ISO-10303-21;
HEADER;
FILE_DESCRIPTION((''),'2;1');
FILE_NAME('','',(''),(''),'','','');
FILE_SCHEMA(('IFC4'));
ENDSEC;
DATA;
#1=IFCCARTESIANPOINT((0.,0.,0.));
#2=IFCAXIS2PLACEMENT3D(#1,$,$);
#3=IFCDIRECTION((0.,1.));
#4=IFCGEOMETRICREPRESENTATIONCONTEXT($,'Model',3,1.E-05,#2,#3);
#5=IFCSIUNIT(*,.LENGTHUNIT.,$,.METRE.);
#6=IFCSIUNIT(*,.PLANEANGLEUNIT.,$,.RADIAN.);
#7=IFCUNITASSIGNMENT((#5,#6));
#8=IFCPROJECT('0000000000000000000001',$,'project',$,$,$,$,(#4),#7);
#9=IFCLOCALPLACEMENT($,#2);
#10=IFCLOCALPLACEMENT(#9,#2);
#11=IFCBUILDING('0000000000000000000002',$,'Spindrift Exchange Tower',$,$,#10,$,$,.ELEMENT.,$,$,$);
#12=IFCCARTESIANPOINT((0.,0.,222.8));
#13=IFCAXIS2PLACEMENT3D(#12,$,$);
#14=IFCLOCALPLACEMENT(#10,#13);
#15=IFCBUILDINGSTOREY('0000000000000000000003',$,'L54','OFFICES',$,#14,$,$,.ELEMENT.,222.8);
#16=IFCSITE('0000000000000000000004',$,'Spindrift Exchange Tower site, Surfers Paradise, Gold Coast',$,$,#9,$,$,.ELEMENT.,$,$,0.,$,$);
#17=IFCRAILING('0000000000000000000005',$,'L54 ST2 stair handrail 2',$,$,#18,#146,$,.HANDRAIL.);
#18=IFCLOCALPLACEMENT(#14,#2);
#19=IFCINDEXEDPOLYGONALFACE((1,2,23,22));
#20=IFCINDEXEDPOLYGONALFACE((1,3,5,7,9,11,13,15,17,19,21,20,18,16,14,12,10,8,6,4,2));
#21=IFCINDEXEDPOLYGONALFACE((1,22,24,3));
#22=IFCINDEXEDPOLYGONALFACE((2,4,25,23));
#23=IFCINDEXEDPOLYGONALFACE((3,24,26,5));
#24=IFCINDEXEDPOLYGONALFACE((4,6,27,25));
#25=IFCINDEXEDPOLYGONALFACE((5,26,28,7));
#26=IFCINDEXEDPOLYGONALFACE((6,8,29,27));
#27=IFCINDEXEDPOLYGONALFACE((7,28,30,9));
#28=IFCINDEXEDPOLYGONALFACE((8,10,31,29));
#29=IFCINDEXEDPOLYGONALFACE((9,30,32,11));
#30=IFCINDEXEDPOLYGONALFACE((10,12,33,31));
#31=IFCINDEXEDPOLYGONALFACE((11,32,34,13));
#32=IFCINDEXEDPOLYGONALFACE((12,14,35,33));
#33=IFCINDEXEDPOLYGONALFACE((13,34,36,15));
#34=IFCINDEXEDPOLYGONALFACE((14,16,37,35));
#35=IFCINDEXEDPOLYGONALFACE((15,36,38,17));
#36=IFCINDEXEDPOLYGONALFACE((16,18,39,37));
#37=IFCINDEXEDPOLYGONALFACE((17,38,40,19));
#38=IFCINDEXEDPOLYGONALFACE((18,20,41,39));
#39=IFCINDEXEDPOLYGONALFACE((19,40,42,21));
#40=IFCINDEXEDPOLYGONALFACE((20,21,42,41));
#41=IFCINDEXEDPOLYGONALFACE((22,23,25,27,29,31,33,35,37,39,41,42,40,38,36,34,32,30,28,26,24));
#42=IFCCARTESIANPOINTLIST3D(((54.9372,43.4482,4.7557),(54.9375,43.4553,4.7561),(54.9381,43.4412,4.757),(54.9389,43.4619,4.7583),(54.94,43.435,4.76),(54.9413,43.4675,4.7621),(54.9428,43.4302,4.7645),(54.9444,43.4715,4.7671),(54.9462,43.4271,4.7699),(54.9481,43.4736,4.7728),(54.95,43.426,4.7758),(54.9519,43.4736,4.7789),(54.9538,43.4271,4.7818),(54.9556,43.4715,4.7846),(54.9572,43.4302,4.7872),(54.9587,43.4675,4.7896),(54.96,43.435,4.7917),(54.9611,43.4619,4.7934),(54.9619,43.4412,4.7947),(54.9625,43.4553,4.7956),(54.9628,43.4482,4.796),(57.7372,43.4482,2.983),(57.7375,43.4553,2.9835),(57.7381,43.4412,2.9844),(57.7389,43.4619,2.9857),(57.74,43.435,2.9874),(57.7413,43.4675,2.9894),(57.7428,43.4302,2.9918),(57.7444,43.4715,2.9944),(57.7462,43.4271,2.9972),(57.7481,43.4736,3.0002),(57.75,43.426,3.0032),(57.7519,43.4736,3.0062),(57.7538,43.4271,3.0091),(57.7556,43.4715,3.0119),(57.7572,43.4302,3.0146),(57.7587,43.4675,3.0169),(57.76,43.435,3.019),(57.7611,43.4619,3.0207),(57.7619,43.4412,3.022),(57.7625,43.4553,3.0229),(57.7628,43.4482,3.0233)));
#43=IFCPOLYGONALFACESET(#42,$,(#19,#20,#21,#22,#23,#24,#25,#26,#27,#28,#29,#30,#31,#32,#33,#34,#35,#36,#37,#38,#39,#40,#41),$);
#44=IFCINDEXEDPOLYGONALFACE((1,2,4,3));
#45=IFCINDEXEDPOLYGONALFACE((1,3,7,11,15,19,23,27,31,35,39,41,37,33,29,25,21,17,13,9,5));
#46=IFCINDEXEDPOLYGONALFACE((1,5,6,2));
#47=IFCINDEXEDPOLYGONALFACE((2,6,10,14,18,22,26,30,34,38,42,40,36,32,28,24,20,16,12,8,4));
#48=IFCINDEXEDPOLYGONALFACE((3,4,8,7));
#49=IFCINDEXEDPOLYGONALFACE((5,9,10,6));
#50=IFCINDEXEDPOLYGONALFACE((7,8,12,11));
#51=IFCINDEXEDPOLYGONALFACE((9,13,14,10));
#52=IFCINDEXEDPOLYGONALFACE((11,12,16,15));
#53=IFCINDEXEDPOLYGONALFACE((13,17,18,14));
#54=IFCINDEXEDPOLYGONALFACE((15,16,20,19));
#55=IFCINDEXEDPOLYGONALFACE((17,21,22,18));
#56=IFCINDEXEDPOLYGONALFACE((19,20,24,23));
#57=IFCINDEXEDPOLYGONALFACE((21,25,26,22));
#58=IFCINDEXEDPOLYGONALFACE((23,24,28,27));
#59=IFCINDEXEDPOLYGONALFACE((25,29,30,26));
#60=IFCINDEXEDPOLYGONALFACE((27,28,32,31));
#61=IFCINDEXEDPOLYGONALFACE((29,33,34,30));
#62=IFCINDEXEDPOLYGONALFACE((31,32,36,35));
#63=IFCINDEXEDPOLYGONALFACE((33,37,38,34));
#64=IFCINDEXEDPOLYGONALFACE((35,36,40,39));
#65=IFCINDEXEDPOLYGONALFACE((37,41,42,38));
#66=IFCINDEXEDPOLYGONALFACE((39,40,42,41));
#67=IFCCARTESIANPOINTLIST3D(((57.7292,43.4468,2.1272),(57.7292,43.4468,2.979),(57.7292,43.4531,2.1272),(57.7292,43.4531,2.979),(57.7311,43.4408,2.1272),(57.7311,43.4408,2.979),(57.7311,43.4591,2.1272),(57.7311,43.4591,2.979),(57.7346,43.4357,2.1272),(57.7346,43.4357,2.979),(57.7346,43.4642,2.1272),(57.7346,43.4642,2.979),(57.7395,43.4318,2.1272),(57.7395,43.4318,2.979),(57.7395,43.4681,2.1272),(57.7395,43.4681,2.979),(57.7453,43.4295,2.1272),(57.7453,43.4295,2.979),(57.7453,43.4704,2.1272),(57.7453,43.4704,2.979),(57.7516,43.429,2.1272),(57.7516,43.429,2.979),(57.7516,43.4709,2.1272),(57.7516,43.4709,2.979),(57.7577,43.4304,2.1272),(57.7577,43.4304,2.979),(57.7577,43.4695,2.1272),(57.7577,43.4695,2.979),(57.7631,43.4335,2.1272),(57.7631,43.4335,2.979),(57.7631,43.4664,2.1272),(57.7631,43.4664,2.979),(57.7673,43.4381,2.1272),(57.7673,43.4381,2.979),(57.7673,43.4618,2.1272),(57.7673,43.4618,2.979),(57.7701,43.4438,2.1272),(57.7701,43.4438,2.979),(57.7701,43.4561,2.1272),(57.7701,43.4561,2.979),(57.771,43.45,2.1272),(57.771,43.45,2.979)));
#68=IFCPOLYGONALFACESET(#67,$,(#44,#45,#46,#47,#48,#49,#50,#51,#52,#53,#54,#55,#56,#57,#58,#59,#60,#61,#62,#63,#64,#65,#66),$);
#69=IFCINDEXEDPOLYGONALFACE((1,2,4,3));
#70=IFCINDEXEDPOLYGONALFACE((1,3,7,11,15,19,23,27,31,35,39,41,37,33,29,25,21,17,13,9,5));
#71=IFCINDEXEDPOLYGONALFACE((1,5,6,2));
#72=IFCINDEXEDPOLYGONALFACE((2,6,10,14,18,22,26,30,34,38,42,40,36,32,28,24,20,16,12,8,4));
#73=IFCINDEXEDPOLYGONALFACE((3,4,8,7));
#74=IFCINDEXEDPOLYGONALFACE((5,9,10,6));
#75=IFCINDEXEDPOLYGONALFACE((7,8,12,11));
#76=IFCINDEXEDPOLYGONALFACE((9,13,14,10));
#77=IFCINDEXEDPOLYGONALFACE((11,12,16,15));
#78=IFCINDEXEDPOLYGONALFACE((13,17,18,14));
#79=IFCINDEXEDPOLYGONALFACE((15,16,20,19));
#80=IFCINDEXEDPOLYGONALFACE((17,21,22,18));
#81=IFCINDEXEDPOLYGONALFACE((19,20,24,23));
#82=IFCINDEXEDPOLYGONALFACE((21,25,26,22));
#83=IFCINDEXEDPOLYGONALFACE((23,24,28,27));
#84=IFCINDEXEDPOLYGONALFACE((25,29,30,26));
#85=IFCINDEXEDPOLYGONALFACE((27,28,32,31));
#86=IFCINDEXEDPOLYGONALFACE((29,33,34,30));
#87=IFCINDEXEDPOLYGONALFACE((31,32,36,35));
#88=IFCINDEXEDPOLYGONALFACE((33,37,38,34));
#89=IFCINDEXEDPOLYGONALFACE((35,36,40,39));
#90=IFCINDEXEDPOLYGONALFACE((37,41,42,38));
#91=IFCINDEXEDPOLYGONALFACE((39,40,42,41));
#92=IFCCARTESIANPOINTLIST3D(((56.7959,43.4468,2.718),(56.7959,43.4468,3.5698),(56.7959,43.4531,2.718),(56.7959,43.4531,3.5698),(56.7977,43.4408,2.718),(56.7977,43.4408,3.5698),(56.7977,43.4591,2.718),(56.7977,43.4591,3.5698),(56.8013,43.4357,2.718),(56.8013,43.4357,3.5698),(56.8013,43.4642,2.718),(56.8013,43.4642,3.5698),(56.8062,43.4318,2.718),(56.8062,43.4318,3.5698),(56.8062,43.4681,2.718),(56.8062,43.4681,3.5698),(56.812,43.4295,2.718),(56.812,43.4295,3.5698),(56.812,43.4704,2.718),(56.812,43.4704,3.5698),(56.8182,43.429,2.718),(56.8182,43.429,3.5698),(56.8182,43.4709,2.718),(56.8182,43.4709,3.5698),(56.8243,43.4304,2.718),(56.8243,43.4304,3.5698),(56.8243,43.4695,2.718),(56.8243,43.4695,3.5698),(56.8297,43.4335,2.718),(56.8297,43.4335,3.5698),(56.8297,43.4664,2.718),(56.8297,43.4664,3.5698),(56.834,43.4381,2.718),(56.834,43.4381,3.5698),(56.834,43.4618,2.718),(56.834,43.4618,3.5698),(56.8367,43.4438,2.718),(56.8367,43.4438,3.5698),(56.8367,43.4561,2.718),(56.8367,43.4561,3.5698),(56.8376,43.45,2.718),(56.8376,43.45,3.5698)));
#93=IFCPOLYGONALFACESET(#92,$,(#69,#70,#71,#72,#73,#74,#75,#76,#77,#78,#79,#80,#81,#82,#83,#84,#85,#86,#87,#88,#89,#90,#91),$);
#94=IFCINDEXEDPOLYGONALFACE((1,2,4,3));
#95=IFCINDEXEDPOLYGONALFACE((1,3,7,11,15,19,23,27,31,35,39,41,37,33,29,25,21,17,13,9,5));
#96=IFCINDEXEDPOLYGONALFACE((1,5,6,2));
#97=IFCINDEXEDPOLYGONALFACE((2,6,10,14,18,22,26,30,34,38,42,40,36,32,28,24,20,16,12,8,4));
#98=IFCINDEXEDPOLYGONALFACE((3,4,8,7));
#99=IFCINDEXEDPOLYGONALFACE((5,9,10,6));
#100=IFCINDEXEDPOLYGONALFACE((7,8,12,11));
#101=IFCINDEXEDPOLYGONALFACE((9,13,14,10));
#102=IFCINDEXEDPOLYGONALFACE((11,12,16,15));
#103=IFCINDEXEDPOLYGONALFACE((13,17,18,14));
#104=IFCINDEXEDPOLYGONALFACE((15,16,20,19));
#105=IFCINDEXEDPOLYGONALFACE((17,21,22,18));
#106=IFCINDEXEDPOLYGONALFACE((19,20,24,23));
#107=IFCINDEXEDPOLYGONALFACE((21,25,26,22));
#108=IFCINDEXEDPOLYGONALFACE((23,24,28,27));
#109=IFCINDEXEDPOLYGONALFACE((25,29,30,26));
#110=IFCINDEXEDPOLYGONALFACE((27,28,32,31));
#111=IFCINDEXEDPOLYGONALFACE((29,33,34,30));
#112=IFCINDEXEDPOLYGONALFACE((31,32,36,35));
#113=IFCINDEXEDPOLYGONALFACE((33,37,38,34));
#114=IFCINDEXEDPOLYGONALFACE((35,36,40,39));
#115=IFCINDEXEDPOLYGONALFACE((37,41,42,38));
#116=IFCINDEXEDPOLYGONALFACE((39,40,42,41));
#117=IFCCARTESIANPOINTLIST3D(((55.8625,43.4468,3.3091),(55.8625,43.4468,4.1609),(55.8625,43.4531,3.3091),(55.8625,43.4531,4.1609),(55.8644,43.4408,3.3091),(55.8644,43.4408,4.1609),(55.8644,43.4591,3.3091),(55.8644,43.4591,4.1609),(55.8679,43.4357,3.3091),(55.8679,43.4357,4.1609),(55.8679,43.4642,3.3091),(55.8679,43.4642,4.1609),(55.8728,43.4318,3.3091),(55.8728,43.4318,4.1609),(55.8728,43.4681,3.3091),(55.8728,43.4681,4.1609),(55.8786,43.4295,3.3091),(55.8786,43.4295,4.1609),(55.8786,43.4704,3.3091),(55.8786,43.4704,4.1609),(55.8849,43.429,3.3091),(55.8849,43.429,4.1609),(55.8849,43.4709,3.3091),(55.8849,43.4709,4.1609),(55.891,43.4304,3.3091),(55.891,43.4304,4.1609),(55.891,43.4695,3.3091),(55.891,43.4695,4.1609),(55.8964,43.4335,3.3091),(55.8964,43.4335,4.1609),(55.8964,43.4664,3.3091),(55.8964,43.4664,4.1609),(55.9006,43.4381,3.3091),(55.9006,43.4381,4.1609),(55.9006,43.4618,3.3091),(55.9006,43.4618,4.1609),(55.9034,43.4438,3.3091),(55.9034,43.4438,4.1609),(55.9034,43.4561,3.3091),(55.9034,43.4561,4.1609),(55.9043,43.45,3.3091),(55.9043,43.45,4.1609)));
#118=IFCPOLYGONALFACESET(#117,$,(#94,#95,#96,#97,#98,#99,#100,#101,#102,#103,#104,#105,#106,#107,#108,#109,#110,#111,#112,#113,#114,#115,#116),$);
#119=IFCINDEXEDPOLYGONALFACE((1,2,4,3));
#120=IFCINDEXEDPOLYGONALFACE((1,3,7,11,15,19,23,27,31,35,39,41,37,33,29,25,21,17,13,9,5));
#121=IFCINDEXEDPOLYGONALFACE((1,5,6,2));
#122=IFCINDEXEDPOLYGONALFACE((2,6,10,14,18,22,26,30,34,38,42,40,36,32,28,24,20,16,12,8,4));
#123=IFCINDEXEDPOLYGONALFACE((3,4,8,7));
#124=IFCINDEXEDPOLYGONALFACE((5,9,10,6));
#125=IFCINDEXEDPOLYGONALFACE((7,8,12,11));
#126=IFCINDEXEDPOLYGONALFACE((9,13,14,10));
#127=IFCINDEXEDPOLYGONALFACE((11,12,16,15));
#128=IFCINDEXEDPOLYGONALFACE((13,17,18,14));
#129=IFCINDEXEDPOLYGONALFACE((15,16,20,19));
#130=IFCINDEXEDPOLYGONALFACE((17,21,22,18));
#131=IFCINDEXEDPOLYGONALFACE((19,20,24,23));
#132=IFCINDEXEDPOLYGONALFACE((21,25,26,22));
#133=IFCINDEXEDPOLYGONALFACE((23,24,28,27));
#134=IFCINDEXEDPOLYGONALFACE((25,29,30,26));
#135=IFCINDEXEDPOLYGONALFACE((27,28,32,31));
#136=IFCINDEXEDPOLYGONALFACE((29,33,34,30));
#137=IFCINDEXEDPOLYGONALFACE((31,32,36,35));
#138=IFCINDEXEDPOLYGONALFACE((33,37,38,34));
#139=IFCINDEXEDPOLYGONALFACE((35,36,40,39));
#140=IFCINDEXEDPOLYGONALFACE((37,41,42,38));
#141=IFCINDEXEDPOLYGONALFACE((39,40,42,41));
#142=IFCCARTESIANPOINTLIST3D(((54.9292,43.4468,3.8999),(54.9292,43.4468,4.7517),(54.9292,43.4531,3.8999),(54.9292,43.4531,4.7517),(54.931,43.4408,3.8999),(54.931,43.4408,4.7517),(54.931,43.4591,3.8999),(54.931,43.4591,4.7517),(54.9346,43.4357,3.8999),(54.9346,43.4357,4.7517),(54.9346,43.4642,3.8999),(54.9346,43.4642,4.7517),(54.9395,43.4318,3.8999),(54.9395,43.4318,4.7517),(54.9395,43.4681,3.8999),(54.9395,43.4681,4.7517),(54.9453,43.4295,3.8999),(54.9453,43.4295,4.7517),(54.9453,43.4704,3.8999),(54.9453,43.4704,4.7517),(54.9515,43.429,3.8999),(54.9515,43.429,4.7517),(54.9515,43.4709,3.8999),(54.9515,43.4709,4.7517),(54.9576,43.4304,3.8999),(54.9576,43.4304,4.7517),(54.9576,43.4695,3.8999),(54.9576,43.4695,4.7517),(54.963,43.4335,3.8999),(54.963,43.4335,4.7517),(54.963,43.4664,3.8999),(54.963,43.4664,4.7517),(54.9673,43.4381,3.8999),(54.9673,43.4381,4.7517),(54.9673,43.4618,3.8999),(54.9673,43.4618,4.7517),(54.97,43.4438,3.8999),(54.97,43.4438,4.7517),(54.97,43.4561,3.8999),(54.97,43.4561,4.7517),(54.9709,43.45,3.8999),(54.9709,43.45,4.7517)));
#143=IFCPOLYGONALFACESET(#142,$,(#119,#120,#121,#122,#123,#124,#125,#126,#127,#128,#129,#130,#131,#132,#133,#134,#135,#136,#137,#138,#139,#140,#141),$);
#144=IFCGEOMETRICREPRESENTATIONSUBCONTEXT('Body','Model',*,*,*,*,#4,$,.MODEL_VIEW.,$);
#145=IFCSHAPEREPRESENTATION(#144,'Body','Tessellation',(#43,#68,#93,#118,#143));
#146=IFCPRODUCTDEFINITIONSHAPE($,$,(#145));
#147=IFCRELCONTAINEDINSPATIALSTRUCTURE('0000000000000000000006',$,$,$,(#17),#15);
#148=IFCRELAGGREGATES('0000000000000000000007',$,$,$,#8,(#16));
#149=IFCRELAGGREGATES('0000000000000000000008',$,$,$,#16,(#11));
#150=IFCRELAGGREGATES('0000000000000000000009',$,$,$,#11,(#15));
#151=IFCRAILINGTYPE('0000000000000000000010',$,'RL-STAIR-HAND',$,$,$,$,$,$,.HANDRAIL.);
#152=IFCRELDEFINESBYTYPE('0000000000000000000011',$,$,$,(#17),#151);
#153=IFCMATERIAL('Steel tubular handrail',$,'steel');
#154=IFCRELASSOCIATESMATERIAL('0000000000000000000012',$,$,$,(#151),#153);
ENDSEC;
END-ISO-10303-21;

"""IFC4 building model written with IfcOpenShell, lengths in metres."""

from ifc_helpers import new_model, si_unit, direction, frame, origin, origin_2d, place, context, subcontext, project, spatial, circle, extrude, material, type_object, element, save


model = new_model("IFC4")

# Units and contexts
model_context = context("Model", 3, precision=1e-05, world=origin(), true_north=direction((0.0, 1.0)))
body_context = subcontext(model_context, "Body", "Model", "MODEL_VIEW")
ifc_project = project(units=[si_unit("LENGTHUNIT", "METRE"), si_unit("PLANEANGLEUNIT", "RADIAN")], contexts=[model_context])

# Site, building, storey
site_placement = place(None, origin())
site = spatial("IfcSite", under=ifc_project, at=site_placement, Name="Spindrift Exchange Tower site, Surfers Paradise, Gold Coast", CompositionType="ELEMENT", RefElevation=0.0)
building_placement = place(site_placement, origin())
building = spatial("IfcBuilding", under=site, at=building_placement, Name="Spindrift Exchange Tower", CompositionType="ELEMENT")
storey_placement = place(building_placement, frame((0.0, 0.0, 222.8)))
storey = spatial("IfcBuildingStorey", under=building, at=storey_placement, Name="L54", Description="OFFICES", CompositionType="ELEMENT", Elevation=222.8)

# Railing
ifc_material_1 = material(Name="Steel tubular handrail", Category="steel")
railing_type_1 = type_object("IfcRailingType", Name="RL-STAIR-HAND", PredefinedType="HANDRAIL", material=ifc_material_1)
railing_1_placement = place(storey_placement, frame((57.75, 43.45, 2.1272)))
element("IfcRailing", 1, at=railing_1_placement, inside=storey, type_object=railing_type_1, Name="L54 ST2 stair handrail 2", PredefinedType="HANDRAIL", context=body_context, shape_type="SweptSolid", body=[
    extrude(circle(Radius=0.0239, at=origin_2d()), frame((0.0, 0.0, 0.876), z_axis=(-0.844909, 0.0, 0.53491), x_axis=(0.0, -1.0, 0.0)), (0.0, 0.0, 1.0), 3.314),
    extrude(circle(Radius=0.021, at=origin_2d()), origin(), (0.0, 0.0, 1.0), 0.8518),
    extrude(circle(Radius=0.021, at=origin_2d()), frame((-0.9333, 0.0, 0.5908)), (0.0, 0.0, 1.0), 0.8518),
    extrude(circle(Radius=0.021, at=origin_2d()), frame((-1.8667, 0.0, 1.1819)), (0.0, 0.0, 1.0), 0.8518),
    extrude(circle(Radius=0.021, at=origin_2d()), frame((-2.8, 0.0, 1.7727)), (0.0, 0.0, 1.0), 0.8518),
])

save(model, "model.ifc")
